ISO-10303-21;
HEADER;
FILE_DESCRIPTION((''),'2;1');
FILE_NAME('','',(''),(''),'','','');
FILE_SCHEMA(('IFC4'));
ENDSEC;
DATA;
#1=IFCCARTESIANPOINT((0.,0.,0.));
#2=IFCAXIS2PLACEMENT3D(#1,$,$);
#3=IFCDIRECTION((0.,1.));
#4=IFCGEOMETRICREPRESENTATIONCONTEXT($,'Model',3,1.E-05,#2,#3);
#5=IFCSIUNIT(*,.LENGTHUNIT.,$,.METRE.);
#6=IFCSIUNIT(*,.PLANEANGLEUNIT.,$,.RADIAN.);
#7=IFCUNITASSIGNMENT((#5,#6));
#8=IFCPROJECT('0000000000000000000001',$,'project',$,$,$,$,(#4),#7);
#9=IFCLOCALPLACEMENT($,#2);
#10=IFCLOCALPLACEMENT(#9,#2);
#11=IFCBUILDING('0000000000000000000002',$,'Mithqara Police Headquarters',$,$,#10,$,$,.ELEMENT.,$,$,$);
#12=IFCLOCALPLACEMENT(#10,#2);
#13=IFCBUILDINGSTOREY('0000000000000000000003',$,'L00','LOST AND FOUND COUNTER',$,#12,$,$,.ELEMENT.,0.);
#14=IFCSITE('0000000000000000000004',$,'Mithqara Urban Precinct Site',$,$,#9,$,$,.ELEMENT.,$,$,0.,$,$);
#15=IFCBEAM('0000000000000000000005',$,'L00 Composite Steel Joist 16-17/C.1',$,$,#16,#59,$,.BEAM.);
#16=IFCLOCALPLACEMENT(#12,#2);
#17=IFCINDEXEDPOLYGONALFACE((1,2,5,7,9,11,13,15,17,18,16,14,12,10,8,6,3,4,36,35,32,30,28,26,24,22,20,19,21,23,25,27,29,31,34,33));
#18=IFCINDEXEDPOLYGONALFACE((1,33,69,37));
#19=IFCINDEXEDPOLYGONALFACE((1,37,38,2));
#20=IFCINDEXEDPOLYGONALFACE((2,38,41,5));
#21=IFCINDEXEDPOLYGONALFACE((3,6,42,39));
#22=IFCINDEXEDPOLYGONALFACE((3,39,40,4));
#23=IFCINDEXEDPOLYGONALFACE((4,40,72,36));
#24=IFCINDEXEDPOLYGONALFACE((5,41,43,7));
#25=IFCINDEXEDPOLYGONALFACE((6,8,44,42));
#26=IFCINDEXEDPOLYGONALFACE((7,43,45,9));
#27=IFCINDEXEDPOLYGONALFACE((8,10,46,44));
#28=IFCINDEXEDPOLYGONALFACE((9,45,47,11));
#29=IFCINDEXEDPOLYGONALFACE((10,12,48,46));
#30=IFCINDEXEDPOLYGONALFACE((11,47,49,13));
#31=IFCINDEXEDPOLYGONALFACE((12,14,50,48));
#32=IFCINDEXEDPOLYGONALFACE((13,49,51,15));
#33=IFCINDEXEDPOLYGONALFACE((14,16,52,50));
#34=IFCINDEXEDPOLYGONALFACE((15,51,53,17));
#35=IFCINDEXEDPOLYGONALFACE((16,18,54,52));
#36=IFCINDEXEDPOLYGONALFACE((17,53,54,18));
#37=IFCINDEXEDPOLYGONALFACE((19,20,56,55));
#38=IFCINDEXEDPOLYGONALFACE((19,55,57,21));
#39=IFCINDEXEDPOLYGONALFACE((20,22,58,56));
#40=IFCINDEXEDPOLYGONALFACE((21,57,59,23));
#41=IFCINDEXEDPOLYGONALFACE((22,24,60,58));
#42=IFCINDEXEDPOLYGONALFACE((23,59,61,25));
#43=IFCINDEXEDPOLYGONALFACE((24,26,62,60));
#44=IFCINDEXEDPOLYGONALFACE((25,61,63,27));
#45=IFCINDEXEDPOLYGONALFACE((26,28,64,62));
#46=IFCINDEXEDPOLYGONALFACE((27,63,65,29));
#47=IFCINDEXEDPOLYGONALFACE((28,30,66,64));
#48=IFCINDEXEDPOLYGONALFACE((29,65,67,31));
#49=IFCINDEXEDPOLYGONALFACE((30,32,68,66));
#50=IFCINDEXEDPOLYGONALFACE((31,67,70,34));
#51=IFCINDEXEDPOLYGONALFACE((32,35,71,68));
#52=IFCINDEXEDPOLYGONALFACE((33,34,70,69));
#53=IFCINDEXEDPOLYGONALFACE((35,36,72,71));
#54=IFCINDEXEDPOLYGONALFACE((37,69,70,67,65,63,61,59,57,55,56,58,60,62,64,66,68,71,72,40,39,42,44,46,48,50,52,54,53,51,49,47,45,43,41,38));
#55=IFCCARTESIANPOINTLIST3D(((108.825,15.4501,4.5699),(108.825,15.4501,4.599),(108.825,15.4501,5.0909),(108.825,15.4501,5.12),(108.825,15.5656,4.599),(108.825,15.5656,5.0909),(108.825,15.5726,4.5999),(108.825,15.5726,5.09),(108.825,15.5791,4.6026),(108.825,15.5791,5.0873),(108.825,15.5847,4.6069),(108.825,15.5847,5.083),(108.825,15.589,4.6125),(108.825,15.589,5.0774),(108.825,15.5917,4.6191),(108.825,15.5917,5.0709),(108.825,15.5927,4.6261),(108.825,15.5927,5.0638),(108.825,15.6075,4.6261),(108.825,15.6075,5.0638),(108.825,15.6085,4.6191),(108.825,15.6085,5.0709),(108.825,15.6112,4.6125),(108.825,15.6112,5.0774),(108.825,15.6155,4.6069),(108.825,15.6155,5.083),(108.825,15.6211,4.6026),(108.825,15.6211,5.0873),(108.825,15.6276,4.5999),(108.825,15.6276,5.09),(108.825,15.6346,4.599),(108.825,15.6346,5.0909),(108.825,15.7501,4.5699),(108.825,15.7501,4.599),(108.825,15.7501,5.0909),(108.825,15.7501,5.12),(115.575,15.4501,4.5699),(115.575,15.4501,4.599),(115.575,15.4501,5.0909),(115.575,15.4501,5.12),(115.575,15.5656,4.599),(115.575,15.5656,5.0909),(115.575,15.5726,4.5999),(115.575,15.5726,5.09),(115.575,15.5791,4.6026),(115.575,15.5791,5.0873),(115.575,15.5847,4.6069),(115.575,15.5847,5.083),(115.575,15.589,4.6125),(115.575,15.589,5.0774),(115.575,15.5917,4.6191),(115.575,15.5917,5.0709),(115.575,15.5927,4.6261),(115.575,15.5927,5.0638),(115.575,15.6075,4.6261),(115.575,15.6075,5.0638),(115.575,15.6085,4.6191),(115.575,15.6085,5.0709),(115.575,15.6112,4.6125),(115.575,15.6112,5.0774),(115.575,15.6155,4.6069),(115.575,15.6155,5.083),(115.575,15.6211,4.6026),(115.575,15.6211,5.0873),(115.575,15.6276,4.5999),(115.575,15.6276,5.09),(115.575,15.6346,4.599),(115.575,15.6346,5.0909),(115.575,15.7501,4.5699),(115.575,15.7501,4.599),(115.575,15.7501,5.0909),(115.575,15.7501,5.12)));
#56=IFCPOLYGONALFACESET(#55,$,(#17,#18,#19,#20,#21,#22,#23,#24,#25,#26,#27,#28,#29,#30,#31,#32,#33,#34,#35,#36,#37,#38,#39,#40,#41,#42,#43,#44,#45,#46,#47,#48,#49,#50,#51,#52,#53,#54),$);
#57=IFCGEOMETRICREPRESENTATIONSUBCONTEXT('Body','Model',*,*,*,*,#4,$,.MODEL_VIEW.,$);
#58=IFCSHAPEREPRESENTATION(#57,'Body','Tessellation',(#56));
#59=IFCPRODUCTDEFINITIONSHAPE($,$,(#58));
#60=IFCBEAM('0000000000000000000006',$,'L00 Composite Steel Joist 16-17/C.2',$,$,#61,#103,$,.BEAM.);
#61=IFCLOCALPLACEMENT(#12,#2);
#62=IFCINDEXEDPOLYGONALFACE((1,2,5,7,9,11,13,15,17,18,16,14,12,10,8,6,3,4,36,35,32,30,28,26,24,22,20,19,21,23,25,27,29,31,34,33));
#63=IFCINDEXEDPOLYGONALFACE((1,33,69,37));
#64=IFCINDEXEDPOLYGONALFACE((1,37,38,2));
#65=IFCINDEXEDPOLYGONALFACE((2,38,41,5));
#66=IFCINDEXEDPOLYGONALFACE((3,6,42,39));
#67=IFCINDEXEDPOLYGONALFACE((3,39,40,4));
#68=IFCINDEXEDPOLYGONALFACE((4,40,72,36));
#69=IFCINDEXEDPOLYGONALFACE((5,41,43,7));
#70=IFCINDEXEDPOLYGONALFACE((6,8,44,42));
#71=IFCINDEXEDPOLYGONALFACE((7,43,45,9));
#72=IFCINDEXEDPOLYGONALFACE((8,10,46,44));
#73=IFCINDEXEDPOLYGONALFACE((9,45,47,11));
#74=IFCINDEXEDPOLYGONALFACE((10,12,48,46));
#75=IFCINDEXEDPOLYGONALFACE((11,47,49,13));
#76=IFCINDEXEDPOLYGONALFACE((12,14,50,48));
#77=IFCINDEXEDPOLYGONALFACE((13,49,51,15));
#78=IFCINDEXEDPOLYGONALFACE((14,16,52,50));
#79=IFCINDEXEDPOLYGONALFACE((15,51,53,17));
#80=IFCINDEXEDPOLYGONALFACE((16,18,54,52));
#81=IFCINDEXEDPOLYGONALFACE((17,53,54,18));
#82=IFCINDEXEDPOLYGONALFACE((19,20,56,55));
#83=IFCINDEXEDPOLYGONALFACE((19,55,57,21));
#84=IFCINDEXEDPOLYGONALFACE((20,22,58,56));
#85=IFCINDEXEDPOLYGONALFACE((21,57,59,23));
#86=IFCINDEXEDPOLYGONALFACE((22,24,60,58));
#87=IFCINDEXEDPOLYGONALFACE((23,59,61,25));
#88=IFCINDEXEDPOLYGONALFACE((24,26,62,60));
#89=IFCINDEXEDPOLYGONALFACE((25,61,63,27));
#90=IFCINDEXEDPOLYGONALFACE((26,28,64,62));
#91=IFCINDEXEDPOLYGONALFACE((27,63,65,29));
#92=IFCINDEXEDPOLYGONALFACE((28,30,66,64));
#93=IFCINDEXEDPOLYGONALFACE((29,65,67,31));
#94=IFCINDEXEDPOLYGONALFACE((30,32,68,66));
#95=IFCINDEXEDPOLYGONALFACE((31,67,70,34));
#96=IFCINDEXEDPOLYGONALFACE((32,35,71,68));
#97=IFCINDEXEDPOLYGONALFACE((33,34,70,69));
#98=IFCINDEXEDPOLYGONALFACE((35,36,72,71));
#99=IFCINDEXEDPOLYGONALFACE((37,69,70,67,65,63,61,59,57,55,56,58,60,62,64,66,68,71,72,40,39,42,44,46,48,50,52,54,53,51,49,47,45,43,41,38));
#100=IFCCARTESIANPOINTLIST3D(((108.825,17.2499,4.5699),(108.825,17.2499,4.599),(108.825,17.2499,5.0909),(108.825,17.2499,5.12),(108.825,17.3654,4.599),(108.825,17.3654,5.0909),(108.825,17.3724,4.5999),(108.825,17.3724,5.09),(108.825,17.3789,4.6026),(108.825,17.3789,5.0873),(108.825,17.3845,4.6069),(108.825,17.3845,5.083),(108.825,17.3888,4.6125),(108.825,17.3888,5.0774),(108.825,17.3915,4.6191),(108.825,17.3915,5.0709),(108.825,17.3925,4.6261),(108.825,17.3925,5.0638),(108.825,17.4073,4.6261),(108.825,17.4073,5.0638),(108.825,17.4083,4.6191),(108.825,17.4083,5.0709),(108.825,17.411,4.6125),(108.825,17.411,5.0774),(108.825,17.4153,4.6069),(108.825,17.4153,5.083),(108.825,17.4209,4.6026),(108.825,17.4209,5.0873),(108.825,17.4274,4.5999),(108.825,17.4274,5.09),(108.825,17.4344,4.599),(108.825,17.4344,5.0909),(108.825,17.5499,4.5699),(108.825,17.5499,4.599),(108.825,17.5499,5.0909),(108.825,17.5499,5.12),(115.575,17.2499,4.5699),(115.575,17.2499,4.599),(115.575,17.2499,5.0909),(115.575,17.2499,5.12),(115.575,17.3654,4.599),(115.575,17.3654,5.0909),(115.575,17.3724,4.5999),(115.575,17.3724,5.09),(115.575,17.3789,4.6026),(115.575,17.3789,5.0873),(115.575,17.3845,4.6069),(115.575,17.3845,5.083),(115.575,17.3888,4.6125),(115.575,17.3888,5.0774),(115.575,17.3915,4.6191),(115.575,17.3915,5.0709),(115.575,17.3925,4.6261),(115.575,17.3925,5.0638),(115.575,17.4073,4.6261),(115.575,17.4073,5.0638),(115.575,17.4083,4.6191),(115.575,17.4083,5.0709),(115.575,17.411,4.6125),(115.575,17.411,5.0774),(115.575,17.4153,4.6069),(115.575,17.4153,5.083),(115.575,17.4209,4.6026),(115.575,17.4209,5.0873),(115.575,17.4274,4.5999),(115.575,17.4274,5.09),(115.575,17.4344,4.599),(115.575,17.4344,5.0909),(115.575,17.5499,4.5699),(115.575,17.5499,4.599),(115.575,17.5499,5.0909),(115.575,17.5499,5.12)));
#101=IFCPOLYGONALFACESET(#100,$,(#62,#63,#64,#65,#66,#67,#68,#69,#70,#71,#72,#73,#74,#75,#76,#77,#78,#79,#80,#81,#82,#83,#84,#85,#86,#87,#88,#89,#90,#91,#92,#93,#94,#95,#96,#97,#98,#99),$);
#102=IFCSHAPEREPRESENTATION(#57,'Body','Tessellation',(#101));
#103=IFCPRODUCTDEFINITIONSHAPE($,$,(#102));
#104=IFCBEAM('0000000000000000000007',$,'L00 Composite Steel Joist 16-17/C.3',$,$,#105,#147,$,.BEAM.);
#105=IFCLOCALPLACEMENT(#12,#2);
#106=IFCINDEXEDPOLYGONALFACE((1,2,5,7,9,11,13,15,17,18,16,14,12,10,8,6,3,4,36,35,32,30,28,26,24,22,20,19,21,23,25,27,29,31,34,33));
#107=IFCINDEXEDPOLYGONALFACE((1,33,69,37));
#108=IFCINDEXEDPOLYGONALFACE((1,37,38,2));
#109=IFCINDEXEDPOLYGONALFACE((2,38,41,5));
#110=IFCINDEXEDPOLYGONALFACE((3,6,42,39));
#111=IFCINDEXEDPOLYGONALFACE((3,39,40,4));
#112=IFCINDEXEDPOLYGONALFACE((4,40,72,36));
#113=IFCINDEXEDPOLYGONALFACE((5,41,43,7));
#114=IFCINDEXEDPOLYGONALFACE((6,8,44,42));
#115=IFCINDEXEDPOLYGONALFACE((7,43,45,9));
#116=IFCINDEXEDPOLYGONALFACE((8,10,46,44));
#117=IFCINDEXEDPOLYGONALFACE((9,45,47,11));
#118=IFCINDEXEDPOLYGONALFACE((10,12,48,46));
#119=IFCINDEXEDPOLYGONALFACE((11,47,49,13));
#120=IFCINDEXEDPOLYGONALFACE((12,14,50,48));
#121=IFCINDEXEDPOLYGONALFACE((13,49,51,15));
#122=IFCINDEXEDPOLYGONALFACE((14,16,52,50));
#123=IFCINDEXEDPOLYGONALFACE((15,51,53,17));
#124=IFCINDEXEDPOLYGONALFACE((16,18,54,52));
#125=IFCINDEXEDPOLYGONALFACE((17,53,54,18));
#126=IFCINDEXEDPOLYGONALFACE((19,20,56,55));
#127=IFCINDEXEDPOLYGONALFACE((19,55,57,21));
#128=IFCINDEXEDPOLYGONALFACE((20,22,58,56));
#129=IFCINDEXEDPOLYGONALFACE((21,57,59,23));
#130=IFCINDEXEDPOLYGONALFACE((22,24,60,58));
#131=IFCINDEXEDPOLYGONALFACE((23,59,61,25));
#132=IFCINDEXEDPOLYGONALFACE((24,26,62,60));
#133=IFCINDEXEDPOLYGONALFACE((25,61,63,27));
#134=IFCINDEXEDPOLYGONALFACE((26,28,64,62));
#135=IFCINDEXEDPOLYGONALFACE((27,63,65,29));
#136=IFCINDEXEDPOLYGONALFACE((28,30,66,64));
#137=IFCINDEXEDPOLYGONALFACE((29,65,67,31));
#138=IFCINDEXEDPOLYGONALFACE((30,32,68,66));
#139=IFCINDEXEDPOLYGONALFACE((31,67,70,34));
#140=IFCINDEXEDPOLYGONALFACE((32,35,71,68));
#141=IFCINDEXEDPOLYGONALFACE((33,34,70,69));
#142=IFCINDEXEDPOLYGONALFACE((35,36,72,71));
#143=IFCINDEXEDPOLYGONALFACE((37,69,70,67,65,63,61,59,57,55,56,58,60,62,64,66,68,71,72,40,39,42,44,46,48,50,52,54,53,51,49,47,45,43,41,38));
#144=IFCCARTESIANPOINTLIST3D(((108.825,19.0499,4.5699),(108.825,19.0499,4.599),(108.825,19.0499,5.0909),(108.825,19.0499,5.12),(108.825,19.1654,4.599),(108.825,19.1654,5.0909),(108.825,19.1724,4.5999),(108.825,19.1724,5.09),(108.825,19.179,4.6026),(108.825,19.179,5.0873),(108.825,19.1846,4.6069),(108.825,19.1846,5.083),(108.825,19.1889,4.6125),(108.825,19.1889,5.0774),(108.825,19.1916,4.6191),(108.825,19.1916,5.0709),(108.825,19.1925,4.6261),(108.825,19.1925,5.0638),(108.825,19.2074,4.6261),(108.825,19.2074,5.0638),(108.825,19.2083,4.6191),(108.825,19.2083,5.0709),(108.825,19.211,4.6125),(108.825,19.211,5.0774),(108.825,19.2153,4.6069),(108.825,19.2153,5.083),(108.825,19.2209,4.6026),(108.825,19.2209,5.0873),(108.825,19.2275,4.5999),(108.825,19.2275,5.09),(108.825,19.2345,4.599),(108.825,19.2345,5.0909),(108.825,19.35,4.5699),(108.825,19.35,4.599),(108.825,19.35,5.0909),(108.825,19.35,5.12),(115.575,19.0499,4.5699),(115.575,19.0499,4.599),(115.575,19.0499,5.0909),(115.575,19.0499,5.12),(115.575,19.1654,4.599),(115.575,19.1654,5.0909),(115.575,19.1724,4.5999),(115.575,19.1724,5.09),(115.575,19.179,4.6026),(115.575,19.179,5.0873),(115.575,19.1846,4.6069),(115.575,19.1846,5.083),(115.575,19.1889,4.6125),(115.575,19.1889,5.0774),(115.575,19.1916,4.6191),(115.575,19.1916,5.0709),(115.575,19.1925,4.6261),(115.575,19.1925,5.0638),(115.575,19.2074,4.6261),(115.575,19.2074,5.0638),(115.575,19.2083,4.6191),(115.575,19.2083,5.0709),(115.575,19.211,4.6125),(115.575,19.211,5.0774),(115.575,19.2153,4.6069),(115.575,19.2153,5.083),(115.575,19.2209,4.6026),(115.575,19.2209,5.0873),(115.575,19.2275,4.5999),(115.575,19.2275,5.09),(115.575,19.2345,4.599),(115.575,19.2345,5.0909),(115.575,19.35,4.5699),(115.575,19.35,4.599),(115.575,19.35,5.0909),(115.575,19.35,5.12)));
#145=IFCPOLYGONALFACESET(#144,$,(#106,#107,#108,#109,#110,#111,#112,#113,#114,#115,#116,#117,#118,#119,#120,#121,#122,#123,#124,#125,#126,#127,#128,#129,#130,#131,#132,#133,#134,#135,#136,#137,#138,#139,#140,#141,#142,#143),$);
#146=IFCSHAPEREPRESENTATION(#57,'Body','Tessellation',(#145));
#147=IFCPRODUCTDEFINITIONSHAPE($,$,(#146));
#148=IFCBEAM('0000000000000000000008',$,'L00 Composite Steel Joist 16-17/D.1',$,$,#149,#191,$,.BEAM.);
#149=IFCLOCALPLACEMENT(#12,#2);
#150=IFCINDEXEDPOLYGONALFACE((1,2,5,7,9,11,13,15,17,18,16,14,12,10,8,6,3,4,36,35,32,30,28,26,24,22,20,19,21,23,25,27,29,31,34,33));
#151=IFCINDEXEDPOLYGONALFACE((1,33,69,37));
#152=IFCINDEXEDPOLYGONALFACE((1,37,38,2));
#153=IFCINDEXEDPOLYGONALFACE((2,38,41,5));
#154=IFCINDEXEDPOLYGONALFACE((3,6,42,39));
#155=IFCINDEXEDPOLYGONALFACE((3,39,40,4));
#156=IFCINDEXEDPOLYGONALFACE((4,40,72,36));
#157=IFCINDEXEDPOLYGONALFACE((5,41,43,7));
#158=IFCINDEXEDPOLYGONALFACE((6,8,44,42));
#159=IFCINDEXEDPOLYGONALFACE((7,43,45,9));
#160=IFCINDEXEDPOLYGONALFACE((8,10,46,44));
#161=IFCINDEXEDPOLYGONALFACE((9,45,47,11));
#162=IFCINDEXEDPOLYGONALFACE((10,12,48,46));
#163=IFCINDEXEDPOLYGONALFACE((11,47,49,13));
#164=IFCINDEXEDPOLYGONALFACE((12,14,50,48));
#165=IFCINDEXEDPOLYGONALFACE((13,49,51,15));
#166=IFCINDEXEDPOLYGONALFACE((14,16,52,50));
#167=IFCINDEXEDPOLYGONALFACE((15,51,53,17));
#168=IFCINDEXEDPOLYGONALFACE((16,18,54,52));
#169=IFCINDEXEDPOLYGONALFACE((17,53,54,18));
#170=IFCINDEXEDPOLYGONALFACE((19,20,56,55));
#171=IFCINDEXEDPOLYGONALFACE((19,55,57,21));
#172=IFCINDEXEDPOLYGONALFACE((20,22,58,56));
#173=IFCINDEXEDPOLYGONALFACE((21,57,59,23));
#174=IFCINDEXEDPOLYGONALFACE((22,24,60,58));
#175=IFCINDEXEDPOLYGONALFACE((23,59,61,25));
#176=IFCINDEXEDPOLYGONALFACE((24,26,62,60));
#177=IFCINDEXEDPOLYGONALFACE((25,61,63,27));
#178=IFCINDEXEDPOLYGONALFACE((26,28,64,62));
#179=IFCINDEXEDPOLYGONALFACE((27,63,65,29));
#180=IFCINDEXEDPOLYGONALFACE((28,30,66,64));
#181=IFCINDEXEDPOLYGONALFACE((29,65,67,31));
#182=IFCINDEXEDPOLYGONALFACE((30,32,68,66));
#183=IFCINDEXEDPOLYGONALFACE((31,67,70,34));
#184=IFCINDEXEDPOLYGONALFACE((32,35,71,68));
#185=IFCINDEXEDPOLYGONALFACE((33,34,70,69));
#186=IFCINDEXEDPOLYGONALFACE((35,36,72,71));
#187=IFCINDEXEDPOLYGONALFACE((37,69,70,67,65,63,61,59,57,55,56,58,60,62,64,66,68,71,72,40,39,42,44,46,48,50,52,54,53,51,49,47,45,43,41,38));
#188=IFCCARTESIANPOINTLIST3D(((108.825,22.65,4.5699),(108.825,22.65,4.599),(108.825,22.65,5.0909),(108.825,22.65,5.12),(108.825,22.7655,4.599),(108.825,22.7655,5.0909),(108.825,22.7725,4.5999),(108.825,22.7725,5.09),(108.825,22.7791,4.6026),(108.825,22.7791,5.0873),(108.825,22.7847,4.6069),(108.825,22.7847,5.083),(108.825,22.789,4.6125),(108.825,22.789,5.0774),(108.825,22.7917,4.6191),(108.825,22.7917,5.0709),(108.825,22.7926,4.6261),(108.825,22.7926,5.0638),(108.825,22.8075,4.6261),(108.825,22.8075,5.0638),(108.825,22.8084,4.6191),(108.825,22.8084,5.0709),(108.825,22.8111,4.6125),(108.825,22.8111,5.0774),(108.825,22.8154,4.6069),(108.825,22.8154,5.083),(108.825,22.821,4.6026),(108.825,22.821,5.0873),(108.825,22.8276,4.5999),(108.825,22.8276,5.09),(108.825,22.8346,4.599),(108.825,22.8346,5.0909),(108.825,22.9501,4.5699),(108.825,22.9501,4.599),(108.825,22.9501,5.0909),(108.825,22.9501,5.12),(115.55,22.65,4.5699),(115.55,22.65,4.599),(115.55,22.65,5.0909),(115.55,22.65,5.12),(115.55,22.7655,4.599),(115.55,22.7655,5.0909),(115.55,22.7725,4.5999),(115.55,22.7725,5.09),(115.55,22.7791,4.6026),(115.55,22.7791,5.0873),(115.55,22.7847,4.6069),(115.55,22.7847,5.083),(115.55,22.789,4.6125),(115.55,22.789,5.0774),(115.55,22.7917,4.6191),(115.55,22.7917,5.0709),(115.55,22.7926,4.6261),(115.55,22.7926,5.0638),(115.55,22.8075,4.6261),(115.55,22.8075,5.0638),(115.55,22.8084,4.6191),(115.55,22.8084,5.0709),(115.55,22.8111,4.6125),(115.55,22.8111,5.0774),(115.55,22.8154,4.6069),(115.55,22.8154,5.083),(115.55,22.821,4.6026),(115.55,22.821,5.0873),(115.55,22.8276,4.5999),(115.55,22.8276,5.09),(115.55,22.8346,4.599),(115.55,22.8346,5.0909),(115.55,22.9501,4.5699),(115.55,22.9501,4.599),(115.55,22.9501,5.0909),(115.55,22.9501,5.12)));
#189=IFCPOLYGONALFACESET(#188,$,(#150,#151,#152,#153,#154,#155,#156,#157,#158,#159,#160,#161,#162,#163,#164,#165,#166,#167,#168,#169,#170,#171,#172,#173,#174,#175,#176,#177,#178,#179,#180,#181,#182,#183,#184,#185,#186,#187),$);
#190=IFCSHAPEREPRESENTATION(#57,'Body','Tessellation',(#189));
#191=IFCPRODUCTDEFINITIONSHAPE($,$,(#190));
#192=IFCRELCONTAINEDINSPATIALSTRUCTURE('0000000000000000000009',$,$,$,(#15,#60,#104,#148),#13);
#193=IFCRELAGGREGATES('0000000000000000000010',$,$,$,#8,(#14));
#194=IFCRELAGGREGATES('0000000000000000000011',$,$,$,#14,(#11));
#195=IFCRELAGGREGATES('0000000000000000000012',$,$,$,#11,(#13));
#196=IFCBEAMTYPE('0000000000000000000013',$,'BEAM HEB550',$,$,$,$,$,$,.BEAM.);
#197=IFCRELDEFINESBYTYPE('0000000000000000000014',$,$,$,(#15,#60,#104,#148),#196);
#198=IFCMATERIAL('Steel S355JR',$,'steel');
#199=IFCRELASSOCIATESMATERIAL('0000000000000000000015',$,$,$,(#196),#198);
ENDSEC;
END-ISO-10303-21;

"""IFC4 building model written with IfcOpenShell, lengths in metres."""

from ifc_helpers import new_model, si_unit, direction, frame, origin, origin_2d, place, context, subcontext, project, spatial, i_section, extrude, material, material_profile, profile_set, type_object, element, save


model = new_model("IFC4")

# Units and contexts
model_context = context("Model", 3, precision=1e-05, world=origin(), true_north=direction((0.0, 1.0)))
body_context = subcontext(model_context, "Body", "Model", "MODEL_VIEW")
ifc_project = project(units=[si_unit("LENGTHUNIT", "METRE"), si_unit("PLANEANGLEUNIT", "RADIAN")], contexts=[model_context])

# Site, building, storey
site_placement = place(None, origin())
site = spatial("IfcSite", under=ifc_project, at=site_placement, Name="Mithqara Urban Precinct Site", CompositionType="ELEMENT", RefElevation=0.0)
building_placement = place(site_placement, origin())
building = spatial("IfcBuilding", under=site, at=building_placement, Name="Mithqara Police Headquarters", CompositionType="ELEMENT")
storey_placement = place(building_placement, origin())
storey = spatial("IfcBuildingStorey", under=building, at=storey_placement, Name="L00", Description="LOST AND FOUND COUNTER", CompositionType="ELEMENT", Elevation=0.0)

# Beams
ifc_material_1 = material(Name="Steel S355JR", Category="steel")
ifc_material_profile_1 = material_profile(ifc_material_1, i_section(OverallWidth=0.3, OverallDepth=0.55, WebThickness=0.0149, FlangeThickness=0.0291, FilletRadius=0.0271, at=origin_2d()), Name="HEB 550")
ifc_profile_set_1 = profile_set([ifc_material_profile_1], Name="Steel S355JR")
beam_type_1 = type_object("IfcBeamType", Name="BEAM HEB550", PredefinedType="BEAM", material=ifc_profile_set_1)
for number, where, z_axis, x_axis, name in (
    (1, (108.825, 15.6001, 4.845), (1.0, 0.0, 0.0), (0.0, 1.0, 0.0), "L00 Composite Steel Joist 16-17/C.1"),
    (2, (108.825, 17.3999, 4.845), (1.0, 0.0, 0.0), (0.0, 1.0, 0.0), "L00 Composite Steel Joist 16-17/C.2"),
    (3, (108.825, 19.2, 4.845), (1.0, 0.0, 0.0), (0.0, 1.0, 0.0), "L00 Composite Steel Joist 16-17/C.3"),
):
    element("IfcBeam", number, at=place(storey_placement, frame(where, z_axis=z_axis, x_axis=x_axis)), inside=storey, type_object=beam_type_1, Name=name, PredefinedType="BEAM", context=body_context, shape_type="SweptSolid", body=[
        extrude(i_section(OverallWidth=0.3, OverallDepth=0.55, WebThickness=0.0149, FlangeThickness=0.0291, FilletRadius=0.0271, at=origin_2d()), origin(), (0.0, 0.0, 1.0), 6.75),
    ])
for number, where, z_axis, x_axis, name in (
    (4, (108.825, 22.8, 4.845), (1.0, 0.0, 0.0), (0.0, 1.0, 0.0), "L00 Composite Steel Joist 16-17/D.1"),
):
    element("IfcBeam", number, at=place(storey_placement, frame(where, z_axis=z_axis, x_axis=x_axis)), inside=storey, type_object=beam_type_1, Name=name, PredefinedType="BEAM", context=body_context, shape_type="SweptSolid", body=[
        extrude(i_section(OverallWidth=0.3, OverallDepth=0.55, WebThickness=0.0149, FlangeThickness=0.0291, FilletRadius=0.0271, at=origin_2d()), origin(), (0.0, 0.0, 1.0), 6.7251),
    ])

save(model, "model.ifc")
